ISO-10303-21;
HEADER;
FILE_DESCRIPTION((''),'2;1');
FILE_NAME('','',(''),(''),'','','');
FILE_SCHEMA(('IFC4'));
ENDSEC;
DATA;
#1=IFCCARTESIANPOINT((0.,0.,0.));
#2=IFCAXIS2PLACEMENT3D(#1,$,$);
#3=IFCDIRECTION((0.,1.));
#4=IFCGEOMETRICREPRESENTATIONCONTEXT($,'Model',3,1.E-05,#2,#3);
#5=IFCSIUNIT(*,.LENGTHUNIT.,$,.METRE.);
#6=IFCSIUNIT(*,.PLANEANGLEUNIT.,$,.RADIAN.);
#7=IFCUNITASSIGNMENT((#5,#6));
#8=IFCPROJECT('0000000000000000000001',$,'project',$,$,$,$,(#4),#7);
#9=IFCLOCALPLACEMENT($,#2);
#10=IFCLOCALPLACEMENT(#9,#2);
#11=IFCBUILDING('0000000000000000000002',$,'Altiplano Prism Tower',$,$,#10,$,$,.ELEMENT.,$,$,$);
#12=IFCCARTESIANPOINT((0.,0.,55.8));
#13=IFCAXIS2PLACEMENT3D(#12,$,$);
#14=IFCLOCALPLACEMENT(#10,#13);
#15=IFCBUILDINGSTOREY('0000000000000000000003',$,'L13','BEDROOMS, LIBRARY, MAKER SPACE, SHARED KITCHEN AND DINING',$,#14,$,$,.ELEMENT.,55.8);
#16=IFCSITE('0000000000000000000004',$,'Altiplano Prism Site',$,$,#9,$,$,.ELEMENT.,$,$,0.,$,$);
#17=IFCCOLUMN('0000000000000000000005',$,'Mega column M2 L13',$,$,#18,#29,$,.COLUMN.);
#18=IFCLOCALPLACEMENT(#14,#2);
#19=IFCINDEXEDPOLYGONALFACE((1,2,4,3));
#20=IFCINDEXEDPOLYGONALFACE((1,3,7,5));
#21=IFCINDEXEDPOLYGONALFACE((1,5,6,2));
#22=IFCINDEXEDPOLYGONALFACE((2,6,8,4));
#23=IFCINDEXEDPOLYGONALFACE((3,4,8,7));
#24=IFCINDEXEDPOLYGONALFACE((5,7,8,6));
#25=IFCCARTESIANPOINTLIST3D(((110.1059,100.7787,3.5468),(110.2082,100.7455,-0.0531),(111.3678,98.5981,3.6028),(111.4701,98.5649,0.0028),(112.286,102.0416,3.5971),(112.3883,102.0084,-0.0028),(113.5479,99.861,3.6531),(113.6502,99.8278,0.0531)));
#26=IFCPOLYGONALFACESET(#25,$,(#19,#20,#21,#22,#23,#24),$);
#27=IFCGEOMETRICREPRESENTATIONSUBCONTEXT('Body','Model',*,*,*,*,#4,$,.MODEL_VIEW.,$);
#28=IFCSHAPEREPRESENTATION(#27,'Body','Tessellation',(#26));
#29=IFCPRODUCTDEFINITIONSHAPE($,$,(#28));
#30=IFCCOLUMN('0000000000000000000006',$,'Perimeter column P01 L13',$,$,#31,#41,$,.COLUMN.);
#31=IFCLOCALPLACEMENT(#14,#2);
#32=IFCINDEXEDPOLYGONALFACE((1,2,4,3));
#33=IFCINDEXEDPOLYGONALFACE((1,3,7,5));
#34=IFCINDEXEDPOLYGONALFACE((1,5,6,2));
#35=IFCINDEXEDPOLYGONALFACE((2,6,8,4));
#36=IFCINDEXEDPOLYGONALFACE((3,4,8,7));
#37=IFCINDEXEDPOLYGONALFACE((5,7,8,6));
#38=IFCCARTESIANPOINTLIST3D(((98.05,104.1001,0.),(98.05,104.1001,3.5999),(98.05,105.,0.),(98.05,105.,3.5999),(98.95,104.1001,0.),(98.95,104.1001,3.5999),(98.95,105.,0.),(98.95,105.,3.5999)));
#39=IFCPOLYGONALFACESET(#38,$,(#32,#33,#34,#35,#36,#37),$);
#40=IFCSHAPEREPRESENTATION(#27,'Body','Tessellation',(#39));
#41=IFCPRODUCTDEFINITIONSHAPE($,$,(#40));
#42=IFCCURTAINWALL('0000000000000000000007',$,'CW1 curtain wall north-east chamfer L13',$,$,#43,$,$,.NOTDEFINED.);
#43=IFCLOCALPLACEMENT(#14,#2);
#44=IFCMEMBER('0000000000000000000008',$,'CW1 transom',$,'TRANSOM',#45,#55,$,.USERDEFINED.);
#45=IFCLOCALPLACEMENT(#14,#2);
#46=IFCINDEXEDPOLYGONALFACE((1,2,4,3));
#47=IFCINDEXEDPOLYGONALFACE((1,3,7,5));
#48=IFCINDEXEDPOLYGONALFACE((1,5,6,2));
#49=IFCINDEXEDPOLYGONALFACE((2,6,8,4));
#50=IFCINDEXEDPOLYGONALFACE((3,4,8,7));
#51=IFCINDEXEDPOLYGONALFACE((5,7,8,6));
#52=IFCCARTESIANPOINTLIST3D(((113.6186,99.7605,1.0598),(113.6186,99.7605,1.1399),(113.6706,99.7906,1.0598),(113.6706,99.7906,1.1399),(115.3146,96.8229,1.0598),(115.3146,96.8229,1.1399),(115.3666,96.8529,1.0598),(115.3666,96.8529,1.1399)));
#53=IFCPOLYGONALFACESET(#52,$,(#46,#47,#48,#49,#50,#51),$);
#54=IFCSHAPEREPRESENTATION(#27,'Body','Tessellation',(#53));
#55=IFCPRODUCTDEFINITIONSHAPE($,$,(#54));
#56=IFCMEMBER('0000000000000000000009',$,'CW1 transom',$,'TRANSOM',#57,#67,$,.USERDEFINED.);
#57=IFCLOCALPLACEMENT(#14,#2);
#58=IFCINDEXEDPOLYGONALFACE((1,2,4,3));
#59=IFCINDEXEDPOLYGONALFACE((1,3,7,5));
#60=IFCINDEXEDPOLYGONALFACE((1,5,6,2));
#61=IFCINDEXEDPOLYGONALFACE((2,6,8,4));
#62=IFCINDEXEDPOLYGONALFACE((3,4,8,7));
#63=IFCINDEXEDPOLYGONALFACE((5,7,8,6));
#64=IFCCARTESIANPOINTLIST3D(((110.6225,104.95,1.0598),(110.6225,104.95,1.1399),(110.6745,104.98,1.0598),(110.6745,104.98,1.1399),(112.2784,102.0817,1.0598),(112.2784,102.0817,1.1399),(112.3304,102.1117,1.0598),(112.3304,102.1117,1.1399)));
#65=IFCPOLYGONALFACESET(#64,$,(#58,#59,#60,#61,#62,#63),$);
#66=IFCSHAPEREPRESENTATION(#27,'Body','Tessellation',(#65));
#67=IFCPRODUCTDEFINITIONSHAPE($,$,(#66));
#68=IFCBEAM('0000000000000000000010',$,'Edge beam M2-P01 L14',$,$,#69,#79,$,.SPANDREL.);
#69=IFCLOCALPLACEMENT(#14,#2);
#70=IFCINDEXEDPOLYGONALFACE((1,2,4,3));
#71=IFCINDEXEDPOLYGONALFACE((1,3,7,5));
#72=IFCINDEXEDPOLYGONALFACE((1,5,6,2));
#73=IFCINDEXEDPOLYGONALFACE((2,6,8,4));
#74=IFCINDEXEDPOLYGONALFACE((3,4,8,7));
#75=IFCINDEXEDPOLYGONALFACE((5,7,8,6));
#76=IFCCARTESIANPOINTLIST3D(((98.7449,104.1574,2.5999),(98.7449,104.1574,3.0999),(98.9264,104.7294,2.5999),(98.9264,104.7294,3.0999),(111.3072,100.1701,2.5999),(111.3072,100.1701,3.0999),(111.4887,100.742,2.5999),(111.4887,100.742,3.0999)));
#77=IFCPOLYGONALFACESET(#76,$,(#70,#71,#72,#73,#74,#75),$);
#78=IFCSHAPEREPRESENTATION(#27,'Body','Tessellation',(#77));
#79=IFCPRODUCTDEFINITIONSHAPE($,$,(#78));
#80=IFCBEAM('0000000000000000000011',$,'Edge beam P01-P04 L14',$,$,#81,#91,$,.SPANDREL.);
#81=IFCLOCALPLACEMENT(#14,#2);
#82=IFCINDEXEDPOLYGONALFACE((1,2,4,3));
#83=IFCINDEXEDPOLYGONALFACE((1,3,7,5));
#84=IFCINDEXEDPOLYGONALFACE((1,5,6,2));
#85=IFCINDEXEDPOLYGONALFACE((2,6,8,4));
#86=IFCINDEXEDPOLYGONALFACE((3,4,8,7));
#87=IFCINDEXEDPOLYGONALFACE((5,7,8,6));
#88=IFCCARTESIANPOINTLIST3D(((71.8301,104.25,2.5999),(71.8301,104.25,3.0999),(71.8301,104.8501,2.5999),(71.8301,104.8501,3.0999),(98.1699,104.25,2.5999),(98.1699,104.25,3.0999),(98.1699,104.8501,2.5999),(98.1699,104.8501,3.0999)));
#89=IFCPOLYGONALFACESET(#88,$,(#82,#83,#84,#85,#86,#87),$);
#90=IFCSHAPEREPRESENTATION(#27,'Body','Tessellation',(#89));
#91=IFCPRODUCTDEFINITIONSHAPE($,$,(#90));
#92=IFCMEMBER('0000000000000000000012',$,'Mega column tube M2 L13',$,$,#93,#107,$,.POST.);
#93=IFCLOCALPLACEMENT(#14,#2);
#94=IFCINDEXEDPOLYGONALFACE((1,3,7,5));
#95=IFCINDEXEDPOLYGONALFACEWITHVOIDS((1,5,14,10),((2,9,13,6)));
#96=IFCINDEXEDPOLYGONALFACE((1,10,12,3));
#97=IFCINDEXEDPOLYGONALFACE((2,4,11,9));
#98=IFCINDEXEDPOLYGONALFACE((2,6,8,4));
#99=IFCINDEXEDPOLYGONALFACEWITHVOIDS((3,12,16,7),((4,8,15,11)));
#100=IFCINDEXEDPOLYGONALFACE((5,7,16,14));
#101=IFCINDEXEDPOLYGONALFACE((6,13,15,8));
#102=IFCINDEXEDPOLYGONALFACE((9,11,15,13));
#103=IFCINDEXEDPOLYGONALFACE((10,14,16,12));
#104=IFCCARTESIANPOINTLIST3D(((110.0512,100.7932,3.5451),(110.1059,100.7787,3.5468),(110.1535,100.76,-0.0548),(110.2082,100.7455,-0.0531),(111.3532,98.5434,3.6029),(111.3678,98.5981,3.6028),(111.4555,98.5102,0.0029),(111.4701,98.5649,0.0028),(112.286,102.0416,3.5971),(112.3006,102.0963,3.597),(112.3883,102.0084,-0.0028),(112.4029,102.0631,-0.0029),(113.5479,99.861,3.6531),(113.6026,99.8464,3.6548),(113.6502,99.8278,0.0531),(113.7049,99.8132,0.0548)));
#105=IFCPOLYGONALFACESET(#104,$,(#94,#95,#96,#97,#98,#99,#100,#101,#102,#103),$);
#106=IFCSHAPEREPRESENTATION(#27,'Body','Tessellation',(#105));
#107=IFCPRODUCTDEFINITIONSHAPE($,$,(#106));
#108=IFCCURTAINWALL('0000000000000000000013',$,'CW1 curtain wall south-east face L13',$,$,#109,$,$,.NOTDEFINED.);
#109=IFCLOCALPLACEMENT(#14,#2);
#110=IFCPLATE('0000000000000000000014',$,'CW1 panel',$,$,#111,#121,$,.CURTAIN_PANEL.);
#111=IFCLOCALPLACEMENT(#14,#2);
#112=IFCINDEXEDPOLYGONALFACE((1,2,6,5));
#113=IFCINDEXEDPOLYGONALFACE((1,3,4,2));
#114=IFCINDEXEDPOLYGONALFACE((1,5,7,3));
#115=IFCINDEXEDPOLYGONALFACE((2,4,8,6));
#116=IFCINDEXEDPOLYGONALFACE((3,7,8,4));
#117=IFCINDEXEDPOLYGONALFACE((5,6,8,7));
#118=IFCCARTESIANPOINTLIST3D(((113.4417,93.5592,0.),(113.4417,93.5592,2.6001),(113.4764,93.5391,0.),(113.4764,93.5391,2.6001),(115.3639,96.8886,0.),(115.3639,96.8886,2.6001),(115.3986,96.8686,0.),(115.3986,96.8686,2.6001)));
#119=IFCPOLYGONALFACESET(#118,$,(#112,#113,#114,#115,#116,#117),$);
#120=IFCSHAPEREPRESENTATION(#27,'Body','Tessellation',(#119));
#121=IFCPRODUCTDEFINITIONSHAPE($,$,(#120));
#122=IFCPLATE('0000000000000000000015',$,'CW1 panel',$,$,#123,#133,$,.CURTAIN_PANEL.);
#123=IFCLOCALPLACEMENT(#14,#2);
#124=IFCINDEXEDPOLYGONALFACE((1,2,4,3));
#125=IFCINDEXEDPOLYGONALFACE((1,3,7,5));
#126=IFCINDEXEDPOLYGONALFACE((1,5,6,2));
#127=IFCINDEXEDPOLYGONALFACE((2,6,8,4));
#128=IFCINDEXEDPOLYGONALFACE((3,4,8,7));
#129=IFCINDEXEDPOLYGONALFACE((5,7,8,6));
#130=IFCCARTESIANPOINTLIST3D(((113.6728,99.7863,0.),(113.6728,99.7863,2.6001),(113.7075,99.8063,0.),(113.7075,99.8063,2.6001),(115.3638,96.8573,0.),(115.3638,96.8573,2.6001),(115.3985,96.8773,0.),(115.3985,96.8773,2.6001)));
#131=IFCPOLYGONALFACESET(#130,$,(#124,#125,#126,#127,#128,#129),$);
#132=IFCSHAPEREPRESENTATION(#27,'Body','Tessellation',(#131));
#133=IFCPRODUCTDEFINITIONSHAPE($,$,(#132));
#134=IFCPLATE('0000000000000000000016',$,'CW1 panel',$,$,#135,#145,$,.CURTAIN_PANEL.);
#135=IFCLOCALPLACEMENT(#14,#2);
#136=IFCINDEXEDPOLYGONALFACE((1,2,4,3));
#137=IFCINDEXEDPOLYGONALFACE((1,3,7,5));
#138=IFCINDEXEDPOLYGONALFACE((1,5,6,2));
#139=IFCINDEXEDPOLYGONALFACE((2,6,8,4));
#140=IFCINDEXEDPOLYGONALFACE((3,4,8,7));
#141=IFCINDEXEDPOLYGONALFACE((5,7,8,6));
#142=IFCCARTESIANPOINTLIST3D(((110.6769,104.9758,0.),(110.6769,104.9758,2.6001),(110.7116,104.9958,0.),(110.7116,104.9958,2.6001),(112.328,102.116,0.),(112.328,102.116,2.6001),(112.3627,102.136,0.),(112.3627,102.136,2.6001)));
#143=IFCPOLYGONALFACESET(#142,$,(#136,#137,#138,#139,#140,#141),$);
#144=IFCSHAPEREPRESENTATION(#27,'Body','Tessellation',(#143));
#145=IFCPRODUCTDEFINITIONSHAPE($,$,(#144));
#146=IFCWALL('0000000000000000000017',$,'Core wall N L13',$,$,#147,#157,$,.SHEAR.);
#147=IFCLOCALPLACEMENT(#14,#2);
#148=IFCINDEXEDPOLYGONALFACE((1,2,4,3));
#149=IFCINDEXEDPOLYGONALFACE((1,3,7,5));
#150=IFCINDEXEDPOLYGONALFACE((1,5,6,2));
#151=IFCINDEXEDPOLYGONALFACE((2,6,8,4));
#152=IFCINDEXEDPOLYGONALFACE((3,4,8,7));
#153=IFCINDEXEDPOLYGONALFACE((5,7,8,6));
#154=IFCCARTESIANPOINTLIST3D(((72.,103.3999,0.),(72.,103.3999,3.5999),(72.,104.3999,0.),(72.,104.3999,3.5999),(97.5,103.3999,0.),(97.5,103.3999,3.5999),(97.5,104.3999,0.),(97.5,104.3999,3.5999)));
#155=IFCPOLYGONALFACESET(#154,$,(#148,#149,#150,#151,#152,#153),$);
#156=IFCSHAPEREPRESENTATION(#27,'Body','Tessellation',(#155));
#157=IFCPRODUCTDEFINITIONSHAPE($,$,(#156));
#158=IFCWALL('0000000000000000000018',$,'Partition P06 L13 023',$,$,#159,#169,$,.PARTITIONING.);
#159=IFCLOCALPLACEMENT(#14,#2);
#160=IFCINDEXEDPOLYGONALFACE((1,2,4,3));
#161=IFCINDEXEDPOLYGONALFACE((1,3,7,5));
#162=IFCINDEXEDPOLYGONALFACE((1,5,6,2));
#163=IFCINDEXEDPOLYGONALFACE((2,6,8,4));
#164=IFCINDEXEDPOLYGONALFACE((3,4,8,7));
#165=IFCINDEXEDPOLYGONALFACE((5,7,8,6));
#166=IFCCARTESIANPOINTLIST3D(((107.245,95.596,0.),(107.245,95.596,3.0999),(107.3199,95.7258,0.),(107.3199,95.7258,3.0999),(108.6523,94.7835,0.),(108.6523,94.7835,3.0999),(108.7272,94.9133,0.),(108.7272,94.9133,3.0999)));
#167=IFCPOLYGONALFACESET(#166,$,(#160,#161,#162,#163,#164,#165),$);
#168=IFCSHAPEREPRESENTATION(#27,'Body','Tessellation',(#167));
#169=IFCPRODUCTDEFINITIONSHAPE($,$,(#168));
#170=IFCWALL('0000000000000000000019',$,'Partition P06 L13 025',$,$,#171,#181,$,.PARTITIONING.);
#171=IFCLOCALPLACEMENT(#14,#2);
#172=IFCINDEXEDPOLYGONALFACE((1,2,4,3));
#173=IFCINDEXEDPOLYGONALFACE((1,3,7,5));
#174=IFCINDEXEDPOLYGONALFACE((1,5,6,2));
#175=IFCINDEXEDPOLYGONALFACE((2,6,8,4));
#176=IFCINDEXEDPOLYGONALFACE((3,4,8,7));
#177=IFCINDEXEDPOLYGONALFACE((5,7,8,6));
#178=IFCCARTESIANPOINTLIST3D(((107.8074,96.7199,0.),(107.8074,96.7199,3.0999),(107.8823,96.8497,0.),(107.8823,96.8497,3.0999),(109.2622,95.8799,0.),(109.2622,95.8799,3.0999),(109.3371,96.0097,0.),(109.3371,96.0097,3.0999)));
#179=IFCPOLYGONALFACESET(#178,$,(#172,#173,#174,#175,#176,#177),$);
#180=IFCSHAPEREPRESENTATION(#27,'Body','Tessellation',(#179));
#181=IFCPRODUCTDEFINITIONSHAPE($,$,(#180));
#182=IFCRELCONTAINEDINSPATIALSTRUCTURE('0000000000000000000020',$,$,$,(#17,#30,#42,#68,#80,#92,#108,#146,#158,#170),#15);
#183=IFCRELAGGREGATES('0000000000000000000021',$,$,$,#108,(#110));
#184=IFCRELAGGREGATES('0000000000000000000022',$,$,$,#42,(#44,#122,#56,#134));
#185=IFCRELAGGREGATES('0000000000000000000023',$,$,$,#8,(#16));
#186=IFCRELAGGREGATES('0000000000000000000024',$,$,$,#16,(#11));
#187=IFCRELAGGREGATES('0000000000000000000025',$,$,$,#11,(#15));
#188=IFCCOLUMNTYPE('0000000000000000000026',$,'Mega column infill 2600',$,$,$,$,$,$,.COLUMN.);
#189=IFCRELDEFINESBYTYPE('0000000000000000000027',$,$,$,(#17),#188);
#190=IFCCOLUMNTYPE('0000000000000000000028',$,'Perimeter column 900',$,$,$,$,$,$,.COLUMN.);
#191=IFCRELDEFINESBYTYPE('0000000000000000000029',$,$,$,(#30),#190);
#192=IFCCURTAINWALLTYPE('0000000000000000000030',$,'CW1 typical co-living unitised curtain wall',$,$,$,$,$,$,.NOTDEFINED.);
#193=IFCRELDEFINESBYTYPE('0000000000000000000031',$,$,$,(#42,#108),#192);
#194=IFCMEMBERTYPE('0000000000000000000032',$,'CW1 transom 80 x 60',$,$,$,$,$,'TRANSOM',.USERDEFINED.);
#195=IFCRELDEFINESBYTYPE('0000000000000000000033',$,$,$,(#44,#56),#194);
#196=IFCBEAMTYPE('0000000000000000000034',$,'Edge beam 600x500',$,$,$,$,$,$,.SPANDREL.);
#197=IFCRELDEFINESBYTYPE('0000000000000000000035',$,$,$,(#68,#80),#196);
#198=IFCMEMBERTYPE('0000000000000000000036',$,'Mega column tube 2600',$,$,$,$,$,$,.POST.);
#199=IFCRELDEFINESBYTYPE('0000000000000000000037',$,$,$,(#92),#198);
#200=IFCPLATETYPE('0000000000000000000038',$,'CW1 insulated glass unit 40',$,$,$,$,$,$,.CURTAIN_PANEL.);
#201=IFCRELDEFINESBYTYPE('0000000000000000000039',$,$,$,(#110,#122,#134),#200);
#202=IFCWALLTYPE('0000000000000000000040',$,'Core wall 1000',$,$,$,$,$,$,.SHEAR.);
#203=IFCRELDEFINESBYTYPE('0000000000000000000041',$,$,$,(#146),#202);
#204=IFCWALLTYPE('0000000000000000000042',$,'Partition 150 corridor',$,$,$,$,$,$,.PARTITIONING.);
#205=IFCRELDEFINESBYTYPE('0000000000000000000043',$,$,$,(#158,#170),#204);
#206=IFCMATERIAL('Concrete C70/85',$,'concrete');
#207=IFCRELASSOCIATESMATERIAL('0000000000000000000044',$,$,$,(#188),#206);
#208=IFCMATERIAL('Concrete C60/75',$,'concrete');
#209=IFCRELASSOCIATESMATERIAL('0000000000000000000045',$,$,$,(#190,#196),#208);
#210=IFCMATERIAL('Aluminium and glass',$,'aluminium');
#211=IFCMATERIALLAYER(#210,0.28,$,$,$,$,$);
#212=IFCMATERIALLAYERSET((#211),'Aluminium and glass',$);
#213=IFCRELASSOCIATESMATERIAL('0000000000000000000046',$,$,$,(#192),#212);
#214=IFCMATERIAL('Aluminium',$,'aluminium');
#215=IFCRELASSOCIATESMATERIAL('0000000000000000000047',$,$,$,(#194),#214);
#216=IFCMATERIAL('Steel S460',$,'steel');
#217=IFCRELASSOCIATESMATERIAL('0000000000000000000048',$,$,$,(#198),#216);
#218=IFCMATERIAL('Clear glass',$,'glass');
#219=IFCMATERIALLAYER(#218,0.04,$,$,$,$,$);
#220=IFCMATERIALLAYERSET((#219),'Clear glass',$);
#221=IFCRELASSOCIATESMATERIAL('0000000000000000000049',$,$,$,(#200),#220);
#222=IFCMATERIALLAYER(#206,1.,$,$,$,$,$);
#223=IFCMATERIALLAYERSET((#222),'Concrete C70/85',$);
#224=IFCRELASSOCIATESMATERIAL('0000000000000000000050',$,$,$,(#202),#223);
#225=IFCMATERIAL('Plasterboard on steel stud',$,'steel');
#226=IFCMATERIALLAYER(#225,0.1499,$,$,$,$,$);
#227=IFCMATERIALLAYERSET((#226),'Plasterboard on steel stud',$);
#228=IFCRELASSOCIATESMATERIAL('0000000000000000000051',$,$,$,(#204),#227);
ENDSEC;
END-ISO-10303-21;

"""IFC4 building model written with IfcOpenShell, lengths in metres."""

from ifc_helpers import new_model, si_unit, direction, frame, frame_2d, origin, origin_2d, place, context, subcontext, project, spatial, rectangle, hollow_rectangle, extrude, material, layer, layer_set, material_profile, profile_set, type_object, element, aggregate, save


model = new_model("IFC4")

# Units and contexts
model_context = context("Model", 3, precision=1e-05, world=origin(), true_north=direction((0.0, 1.0)))
body_context = subcontext(model_context, "Body", "Model", "MODEL_VIEW")
ifc_project = project(units=[si_unit("LENGTHUNIT", "METRE"), si_unit("PLANEANGLEUNIT", "RADIAN")], contexts=[model_context])

# Site, building, storey
site_placement = place(None, origin())
site = spatial("IfcSite", under=ifc_project, at=site_placement, Name="Altiplano Prism Site", CompositionType="ELEMENT", RefElevation=0.0)
building_placement = place(site_placement, origin())
building = spatial("IfcBuilding", under=site, at=building_placement, Name="Altiplano Prism Tower", CompositionType="ELEMENT")
storey_placement = place(building_placement, frame((0.0, 0.0, 55.8)))
storey = spatial("IfcBuildingStorey", under=building, at=storey_placement, Name="L13", Description="BEDROOMS, LIBRARY, MAKER SPACE, SHARED KITCHEN AND DINING", CompositionType="ELEMENT", Elevation=55.8)

# Columns
ifc_material_1 = material(Name="Concrete C70/85", Category="concrete")
ifc_material_profile_1 = material_profile(ifc_material_1, rectangle(XDim=2.52, YDim=2.52, at=origin_2d()), Name="Mega column infill 2600")
ifc_profile_set_1 = profile_set([ifc_material_profile_1], Name="Concrete C70/85")
column_type_1 = type_object("IfcColumnType", Name="Mega column infill 2600", PredefinedType="COLUMN", material=ifc_profile_set_1)
column_1_placement = place(storey_placement, frame((111.9292, 100.2866, 0.0), z_axis=(-0.028404, 0.009219, 0.999554), x_axis=(0.500747, -0.865309, 0.022211)))
element("IfcColumn", 1, at=column_1_placement, inside=storey, type_object=column_type_1, Name="Mega column M2 L13", PredefinedType="COLUMN", context=body_context, shape_type="SweptSolid", body=[
    extrude(rectangle(XDim=2.52, YDim=2.52, at=origin_2d()), origin(), (0.0, 0.0, 1.0), 3.6016),
])
ifc_material_2 = material(Name="Concrete C60/75", Category="concrete")
ifc_material_profile_2 = material_profile(ifc_material_2, rectangle(XDim=0.8999, YDim=0.8999, at=origin_2d()), Name="Perimeter column 900")
ifc_profile_set_2 = profile_set([ifc_material_profile_2], Name="Concrete C60/75")
column_type_2 = type_object("IfcColumnType", Name="Perimeter column 900", PredefinedType="COLUMN", material=ifc_profile_set_2)
column_2_placement = place(storey_placement, frame((98.5, 104.55, 0.0), z_axis=(0.0, 0.0, 1.0), x_axis=(1.0, 0.0, 0.0)))
element("IfcColumn", 2, at=column_2_placement, inside=storey, type_object=column_type_2, Name="Perimeter column P01 L13", PredefinedType="COLUMN", context=body_context, shape_type="SweptSolid", body=[
    extrude(rectangle(XDim=0.8999, YDim=0.8999, at=origin_2d()), origin(), (0.0, 0.0, 1.0), 3.5999),
])

# Curtain wall, members
ifc_material_3 = material(Name="Aluminium and glass", Category="aluminium")
ifc_layer_1 = layer(ifc_material_3, 0.28)
ifc_layer_set_1 = layer_set([ifc_layer_1], Name="Aluminium and glass")
curtain_wall_type = type_object("IfcCurtainWallType", Name="CW1 typical co-living unitised curtain wall", PredefinedType="NOTDEFINED", material=ifc_layer_set_1)
curtain_wall_1_placement = place(storey_placement, origin())
curtain_wall_1 = element("IfcCurtainWall", 3, at=curtain_wall_1_placement, inside=storey, type_object=curtain_wall_type, Name="CW1 curtain wall north-east chamfer L13", PredefinedType="NOTDEFINED")
ifc_material_4 = material(Name="Aluminium", Category="aluminium")
ifc_material_profile_3 = material_profile(ifc_material_4, rectangle(XDim=0.0601, YDim=0.0801, at=origin_2d()), Name="CW1 transom 80 x 60")
ifc_profile_set_3 = profile_set([ifc_material_profile_3], Name="Aluminium")
member_type_1 = type_object("IfcMemberType", Name="CW1 transom 80 x 60", ElementType="TRANSOM", PredefinedType="USERDEFINED", material=ifc_profile_set_3)
member_1_placement = place(storey_placement, frame((115.3406, 96.8379, 1.0999), z_axis=(-0.499986, 0.866033, 0.0), x_axis=(-0.866033, -0.499986, 0.0)))
member_1 = element("IfcMember", 4, at=member_1_placement, type_object=member_type_1, Name="CW1 transom", ObjectType="TRANSOM", PredefinedType="USERDEFINED", context=body_context, shape_type="SweptSolid", body=[
    extrude(rectangle(XDim=0.0601, YDim=0.0801, at=origin_2d()), origin(), (0.0, 0.0, 1.0), 3.3921),
])
member_2_placement = place(storey_placement, frame((112.3044, 102.0967, 1.0999), z_axis=(-0.499984, 0.866035, 0.0), x_axis=(-0.866035, -0.499984, 0.0)))
member_2 = element("IfcMember", 5, at=member_2_placement, type_object=member_type_1, Name="CW1 transom", ObjectType="TRANSOM", PredefinedType="USERDEFINED", context=body_context, shape_type="SweptSolid", body=[
    extrude(rectangle(XDim=0.0601, YDim=0.0801, at=origin_2d()), origin(), (0.0, 0.0, 1.0), 3.312),
])

# Beams
ifc_material_profile_4 = material_profile(ifc_material_2, rectangle(XDim=0.6001, YDim=0.5, at=origin_2d()), Name="Edge beam 600x500")
ifc_profile_set_4 = profile_set([ifc_material_profile_4], Name="Concrete C60/75")
beam_type = type_object("IfcBeamType", Name="Edge beam 600x500", PredefinedType="SPANDREL", material=ifc_profile_set_4)
beam_1_placement = place(storey_placement, frame((111.3979, 100.4561, 2.8499), z_axis=(-0.95314, 0.30253, 0.0), x_axis=(-0.30253, -0.95314, 0.0)))
element("IfcBeam", 6, at=beam_1_placement, inside=storey, type_object=beam_type, Name="Edge beam M2-P01 L14", PredefinedType="SPANDREL", context=body_context, shape_type="SweptSolid", body=[
    extrude(rectangle(XDim=0.6001, YDim=0.5, at=origin_2d()), origin(), (0.0, 0.0, 1.0), 13.1799),
])
beam_2_placement = place(storey_placement, frame((98.1699, 104.55, 2.8499), z_axis=(-1.0, 0.0, 0.0), x_axis=(0.0, -1.0, 0.0)))
element("IfcBeam", 7, at=beam_2_placement, inside=storey, type_object=beam_type, Name="Edge beam P01-P04 L14", PredefinedType="SPANDREL", context=body_context, shape_type="SweptSolid", body=[
    extrude(rectangle(XDim=0.6001, YDim=0.5, at=origin_2d()), origin(), (0.0, 0.0, 1.0), 26.3398),
])

# Member
ifc_material_5 = material(Name="Steel S460", Category="steel")
ifc_material_profile_5 = material_profile(ifc_material_5, hollow_rectangle(XDim=2.6001, YDim=2.6001, WallThickness=0.04, at=origin_2d()), Name="Mega column tube 2600")
ifc_profile_set_5 = profile_set([ifc_material_profile_5], Name="Steel S460")
member_type_2 = type_object("IfcMemberType", Name="Mega column tube 2600", PredefinedType="POST", material=ifc_profile_set_5)
member_3_placement = place(storey_placement, frame((111.9292, 100.2866, 0.0), z_axis=(-0.028404, 0.009219, 0.999554), x_axis=(0.500747, -0.865309, 0.022211)))
element("IfcMember", 8, at=member_3_placement, inside=storey, type_object=member_type_2, Name="Mega column tube M2 L13", PredefinedType="POST", context=body_context, shape_type="SweptSolid", body=[
    extrude(hollow_rectangle(XDim=2.6001, YDim=2.6001, WallThickness=0.04, at=origin_2d()), origin(), (0.0, 0.0, 1.0), 3.6016),
])

# Curtain wall, plate
curtain_wall_2_placement = place(storey_placement, origin())
curtain_wall_2 = element("IfcCurtainWall", 9, at=curtain_wall_2_placement, inside=storey, type_object=curtain_wall_type, Name="CW1 curtain wall south-east face L13", PredefinedType="NOTDEFINED")
ifc_material_6 = material(Name="Clear glass", Category="glass")
ifc_layer_2 = layer(ifc_material_6, 0.04)
ifc_layer_set_2 = layer_set([ifc_layer_2], Name="Clear glass")
plate_type = type_object("IfcPlateType", Name="CW1 insulated glass unit 40", PredefinedType="CURTAIN_PANEL", material=ifc_layer_set_2)
plate_1_placement = place(storey_placement, frame((114.4202, 95.2139, 0.0), z_axis=(0.0, 0.0, 1.0), x_axis=(0.5, 0.866025, 0.0)))
plate_1 = element("IfcPlate", 10, at=plate_1_placement, type_object=plate_type, Name="CW1 panel", PredefinedType="CURTAIN_PANEL", context=body_context, shape_type="SweptSolid", body=[
    extrude(rectangle(XDim=3.8445, YDim=0.04, at=origin_2d()), origin(), (0.0, 0.0, 1.0), 2.6001),
])
aggregate(curtain_wall_2, [plate_1])

# Plates
plate_2_placement = place(storey_placement, frame((114.5356, 98.3318, 0.0), z_axis=(0.0, 0.0, 1.0), x_axis=(-0.5, 0.866025, 0.0)))
plate_2 = element("IfcPlate", 11, at=plate_2_placement, type_object=plate_type, Name="CW1 panel", PredefinedType="CURTAIN_PANEL", context=body_context, shape_type="SweptSolid", body=[
    extrude(rectangle(XDim=3.3821, YDim=0.04, at=origin_2d()), origin(), (0.0, 0.0, 1.0), 2.6001),
])
plate_3_placement = place(storey_placement, frame((111.5198, 103.5559, 0.0), z_axis=(0.0, 0.0, 1.0), x_axis=(-0.5, 0.866025, 0.0)))
plate_3 = element("IfcPlate", 12, at=plate_3_placement, type_object=plate_type, Name="CW1 panel", PredefinedType="CURTAIN_PANEL", context=body_context, shape_type="SweptSolid", body=[
    extrude(rectangle(XDim=3.3022, YDim=0.04, at=origin_2d()), origin(), (0.0, 0.0, 1.0), 2.6001),
])
aggregate(curtain_wall_1, [member_1, plate_2, member_2, plate_3])

# Walls
ifc_layer_3 = layer(ifc_material_1, 1.0)
ifc_layer_set_3 = layer_set([ifc_layer_3], Name="Concrete C70/85")
wall_type_1 = type_object("IfcWallType", Name="Core wall 1000", PredefinedType="SHEAR", material=ifc_layer_set_3)
wall_1_placement = place(storey_placement, frame((97.5, 103.8999, 0.0), z_axis=(0.0, 0.0, 1.0), x_axis=(-1.0, 0.0, 0.0)))
element("IfcWall", 13, at=wall_1_placement, inside=storey, type_object=wall_type_1, Name="Core wall N L13", PredefinedType="SHEAR", context=body_context, shape_type="SweptSolid", body=[
    extrude(rectangle(XDim=25.5, YDim=1.0, at=frame_2d((12.75, 0.0))), origin(), (0.0, 0.0, 1.0), 3.5999),
])
ifc_material_7 = material(Name="Plasterboard on steel stud", Category="steel")
ifc_layer_4 = layer(ifc_material_7, 0.1499)
ifc_layer_set_4 = layer_set([ifc_layer_4], Name="Plasterboard on steel stud")
wall_type_2 = type_object("IfcWallType", Name="Partition 150 corridor", PredefinedType="PARTITIONING", material=ifc_layer_set_4)
wall_2_placement = place(storey_placement, frame((107.2825, 95.6609, 0.0), z_axis=(0.0, 0.0, 1.0), x_axis=(0.866015, -0.500017, 0.0)))
element("IfcWall", 14, at=wall_2_placement, inside=storey, type_object=wall_type_2, Name="Partition P06 L13 023", PredefinedType="PARTITIONING", context=body_context, shape_type="SweptSolid", body=[
    extrude(rectangle(XDim=1.625, YDim=0.1499, at=frame_2d((0.8125, 0.0))), origin(), (0.0, 0.0, 1.0), 3.0999),
])
wall_3_placement = place(storey_placement, frame((109.2996, 95.9448, 0.0), z_axis=(0.0, 0.0, 1.0), x_axis=(-0.86599, 0.500062, 0.0)))
element("IfcWall", 15, at=wall_3_placement, inside=storey, type_object=wall_type_2, Name="Partition P06 L13 025", PredefinedType="PARTITIONING", context=body_context, shape_type="SweptSolid", body=[
    extrude(rectangle(XDim=1.6799, YDim=0.1499, at=frame_2d((0.8398, 0.0))), origin(), (0.0, 0.0, 1.0), 3.0999),
])

save(model, "model.ifc")
